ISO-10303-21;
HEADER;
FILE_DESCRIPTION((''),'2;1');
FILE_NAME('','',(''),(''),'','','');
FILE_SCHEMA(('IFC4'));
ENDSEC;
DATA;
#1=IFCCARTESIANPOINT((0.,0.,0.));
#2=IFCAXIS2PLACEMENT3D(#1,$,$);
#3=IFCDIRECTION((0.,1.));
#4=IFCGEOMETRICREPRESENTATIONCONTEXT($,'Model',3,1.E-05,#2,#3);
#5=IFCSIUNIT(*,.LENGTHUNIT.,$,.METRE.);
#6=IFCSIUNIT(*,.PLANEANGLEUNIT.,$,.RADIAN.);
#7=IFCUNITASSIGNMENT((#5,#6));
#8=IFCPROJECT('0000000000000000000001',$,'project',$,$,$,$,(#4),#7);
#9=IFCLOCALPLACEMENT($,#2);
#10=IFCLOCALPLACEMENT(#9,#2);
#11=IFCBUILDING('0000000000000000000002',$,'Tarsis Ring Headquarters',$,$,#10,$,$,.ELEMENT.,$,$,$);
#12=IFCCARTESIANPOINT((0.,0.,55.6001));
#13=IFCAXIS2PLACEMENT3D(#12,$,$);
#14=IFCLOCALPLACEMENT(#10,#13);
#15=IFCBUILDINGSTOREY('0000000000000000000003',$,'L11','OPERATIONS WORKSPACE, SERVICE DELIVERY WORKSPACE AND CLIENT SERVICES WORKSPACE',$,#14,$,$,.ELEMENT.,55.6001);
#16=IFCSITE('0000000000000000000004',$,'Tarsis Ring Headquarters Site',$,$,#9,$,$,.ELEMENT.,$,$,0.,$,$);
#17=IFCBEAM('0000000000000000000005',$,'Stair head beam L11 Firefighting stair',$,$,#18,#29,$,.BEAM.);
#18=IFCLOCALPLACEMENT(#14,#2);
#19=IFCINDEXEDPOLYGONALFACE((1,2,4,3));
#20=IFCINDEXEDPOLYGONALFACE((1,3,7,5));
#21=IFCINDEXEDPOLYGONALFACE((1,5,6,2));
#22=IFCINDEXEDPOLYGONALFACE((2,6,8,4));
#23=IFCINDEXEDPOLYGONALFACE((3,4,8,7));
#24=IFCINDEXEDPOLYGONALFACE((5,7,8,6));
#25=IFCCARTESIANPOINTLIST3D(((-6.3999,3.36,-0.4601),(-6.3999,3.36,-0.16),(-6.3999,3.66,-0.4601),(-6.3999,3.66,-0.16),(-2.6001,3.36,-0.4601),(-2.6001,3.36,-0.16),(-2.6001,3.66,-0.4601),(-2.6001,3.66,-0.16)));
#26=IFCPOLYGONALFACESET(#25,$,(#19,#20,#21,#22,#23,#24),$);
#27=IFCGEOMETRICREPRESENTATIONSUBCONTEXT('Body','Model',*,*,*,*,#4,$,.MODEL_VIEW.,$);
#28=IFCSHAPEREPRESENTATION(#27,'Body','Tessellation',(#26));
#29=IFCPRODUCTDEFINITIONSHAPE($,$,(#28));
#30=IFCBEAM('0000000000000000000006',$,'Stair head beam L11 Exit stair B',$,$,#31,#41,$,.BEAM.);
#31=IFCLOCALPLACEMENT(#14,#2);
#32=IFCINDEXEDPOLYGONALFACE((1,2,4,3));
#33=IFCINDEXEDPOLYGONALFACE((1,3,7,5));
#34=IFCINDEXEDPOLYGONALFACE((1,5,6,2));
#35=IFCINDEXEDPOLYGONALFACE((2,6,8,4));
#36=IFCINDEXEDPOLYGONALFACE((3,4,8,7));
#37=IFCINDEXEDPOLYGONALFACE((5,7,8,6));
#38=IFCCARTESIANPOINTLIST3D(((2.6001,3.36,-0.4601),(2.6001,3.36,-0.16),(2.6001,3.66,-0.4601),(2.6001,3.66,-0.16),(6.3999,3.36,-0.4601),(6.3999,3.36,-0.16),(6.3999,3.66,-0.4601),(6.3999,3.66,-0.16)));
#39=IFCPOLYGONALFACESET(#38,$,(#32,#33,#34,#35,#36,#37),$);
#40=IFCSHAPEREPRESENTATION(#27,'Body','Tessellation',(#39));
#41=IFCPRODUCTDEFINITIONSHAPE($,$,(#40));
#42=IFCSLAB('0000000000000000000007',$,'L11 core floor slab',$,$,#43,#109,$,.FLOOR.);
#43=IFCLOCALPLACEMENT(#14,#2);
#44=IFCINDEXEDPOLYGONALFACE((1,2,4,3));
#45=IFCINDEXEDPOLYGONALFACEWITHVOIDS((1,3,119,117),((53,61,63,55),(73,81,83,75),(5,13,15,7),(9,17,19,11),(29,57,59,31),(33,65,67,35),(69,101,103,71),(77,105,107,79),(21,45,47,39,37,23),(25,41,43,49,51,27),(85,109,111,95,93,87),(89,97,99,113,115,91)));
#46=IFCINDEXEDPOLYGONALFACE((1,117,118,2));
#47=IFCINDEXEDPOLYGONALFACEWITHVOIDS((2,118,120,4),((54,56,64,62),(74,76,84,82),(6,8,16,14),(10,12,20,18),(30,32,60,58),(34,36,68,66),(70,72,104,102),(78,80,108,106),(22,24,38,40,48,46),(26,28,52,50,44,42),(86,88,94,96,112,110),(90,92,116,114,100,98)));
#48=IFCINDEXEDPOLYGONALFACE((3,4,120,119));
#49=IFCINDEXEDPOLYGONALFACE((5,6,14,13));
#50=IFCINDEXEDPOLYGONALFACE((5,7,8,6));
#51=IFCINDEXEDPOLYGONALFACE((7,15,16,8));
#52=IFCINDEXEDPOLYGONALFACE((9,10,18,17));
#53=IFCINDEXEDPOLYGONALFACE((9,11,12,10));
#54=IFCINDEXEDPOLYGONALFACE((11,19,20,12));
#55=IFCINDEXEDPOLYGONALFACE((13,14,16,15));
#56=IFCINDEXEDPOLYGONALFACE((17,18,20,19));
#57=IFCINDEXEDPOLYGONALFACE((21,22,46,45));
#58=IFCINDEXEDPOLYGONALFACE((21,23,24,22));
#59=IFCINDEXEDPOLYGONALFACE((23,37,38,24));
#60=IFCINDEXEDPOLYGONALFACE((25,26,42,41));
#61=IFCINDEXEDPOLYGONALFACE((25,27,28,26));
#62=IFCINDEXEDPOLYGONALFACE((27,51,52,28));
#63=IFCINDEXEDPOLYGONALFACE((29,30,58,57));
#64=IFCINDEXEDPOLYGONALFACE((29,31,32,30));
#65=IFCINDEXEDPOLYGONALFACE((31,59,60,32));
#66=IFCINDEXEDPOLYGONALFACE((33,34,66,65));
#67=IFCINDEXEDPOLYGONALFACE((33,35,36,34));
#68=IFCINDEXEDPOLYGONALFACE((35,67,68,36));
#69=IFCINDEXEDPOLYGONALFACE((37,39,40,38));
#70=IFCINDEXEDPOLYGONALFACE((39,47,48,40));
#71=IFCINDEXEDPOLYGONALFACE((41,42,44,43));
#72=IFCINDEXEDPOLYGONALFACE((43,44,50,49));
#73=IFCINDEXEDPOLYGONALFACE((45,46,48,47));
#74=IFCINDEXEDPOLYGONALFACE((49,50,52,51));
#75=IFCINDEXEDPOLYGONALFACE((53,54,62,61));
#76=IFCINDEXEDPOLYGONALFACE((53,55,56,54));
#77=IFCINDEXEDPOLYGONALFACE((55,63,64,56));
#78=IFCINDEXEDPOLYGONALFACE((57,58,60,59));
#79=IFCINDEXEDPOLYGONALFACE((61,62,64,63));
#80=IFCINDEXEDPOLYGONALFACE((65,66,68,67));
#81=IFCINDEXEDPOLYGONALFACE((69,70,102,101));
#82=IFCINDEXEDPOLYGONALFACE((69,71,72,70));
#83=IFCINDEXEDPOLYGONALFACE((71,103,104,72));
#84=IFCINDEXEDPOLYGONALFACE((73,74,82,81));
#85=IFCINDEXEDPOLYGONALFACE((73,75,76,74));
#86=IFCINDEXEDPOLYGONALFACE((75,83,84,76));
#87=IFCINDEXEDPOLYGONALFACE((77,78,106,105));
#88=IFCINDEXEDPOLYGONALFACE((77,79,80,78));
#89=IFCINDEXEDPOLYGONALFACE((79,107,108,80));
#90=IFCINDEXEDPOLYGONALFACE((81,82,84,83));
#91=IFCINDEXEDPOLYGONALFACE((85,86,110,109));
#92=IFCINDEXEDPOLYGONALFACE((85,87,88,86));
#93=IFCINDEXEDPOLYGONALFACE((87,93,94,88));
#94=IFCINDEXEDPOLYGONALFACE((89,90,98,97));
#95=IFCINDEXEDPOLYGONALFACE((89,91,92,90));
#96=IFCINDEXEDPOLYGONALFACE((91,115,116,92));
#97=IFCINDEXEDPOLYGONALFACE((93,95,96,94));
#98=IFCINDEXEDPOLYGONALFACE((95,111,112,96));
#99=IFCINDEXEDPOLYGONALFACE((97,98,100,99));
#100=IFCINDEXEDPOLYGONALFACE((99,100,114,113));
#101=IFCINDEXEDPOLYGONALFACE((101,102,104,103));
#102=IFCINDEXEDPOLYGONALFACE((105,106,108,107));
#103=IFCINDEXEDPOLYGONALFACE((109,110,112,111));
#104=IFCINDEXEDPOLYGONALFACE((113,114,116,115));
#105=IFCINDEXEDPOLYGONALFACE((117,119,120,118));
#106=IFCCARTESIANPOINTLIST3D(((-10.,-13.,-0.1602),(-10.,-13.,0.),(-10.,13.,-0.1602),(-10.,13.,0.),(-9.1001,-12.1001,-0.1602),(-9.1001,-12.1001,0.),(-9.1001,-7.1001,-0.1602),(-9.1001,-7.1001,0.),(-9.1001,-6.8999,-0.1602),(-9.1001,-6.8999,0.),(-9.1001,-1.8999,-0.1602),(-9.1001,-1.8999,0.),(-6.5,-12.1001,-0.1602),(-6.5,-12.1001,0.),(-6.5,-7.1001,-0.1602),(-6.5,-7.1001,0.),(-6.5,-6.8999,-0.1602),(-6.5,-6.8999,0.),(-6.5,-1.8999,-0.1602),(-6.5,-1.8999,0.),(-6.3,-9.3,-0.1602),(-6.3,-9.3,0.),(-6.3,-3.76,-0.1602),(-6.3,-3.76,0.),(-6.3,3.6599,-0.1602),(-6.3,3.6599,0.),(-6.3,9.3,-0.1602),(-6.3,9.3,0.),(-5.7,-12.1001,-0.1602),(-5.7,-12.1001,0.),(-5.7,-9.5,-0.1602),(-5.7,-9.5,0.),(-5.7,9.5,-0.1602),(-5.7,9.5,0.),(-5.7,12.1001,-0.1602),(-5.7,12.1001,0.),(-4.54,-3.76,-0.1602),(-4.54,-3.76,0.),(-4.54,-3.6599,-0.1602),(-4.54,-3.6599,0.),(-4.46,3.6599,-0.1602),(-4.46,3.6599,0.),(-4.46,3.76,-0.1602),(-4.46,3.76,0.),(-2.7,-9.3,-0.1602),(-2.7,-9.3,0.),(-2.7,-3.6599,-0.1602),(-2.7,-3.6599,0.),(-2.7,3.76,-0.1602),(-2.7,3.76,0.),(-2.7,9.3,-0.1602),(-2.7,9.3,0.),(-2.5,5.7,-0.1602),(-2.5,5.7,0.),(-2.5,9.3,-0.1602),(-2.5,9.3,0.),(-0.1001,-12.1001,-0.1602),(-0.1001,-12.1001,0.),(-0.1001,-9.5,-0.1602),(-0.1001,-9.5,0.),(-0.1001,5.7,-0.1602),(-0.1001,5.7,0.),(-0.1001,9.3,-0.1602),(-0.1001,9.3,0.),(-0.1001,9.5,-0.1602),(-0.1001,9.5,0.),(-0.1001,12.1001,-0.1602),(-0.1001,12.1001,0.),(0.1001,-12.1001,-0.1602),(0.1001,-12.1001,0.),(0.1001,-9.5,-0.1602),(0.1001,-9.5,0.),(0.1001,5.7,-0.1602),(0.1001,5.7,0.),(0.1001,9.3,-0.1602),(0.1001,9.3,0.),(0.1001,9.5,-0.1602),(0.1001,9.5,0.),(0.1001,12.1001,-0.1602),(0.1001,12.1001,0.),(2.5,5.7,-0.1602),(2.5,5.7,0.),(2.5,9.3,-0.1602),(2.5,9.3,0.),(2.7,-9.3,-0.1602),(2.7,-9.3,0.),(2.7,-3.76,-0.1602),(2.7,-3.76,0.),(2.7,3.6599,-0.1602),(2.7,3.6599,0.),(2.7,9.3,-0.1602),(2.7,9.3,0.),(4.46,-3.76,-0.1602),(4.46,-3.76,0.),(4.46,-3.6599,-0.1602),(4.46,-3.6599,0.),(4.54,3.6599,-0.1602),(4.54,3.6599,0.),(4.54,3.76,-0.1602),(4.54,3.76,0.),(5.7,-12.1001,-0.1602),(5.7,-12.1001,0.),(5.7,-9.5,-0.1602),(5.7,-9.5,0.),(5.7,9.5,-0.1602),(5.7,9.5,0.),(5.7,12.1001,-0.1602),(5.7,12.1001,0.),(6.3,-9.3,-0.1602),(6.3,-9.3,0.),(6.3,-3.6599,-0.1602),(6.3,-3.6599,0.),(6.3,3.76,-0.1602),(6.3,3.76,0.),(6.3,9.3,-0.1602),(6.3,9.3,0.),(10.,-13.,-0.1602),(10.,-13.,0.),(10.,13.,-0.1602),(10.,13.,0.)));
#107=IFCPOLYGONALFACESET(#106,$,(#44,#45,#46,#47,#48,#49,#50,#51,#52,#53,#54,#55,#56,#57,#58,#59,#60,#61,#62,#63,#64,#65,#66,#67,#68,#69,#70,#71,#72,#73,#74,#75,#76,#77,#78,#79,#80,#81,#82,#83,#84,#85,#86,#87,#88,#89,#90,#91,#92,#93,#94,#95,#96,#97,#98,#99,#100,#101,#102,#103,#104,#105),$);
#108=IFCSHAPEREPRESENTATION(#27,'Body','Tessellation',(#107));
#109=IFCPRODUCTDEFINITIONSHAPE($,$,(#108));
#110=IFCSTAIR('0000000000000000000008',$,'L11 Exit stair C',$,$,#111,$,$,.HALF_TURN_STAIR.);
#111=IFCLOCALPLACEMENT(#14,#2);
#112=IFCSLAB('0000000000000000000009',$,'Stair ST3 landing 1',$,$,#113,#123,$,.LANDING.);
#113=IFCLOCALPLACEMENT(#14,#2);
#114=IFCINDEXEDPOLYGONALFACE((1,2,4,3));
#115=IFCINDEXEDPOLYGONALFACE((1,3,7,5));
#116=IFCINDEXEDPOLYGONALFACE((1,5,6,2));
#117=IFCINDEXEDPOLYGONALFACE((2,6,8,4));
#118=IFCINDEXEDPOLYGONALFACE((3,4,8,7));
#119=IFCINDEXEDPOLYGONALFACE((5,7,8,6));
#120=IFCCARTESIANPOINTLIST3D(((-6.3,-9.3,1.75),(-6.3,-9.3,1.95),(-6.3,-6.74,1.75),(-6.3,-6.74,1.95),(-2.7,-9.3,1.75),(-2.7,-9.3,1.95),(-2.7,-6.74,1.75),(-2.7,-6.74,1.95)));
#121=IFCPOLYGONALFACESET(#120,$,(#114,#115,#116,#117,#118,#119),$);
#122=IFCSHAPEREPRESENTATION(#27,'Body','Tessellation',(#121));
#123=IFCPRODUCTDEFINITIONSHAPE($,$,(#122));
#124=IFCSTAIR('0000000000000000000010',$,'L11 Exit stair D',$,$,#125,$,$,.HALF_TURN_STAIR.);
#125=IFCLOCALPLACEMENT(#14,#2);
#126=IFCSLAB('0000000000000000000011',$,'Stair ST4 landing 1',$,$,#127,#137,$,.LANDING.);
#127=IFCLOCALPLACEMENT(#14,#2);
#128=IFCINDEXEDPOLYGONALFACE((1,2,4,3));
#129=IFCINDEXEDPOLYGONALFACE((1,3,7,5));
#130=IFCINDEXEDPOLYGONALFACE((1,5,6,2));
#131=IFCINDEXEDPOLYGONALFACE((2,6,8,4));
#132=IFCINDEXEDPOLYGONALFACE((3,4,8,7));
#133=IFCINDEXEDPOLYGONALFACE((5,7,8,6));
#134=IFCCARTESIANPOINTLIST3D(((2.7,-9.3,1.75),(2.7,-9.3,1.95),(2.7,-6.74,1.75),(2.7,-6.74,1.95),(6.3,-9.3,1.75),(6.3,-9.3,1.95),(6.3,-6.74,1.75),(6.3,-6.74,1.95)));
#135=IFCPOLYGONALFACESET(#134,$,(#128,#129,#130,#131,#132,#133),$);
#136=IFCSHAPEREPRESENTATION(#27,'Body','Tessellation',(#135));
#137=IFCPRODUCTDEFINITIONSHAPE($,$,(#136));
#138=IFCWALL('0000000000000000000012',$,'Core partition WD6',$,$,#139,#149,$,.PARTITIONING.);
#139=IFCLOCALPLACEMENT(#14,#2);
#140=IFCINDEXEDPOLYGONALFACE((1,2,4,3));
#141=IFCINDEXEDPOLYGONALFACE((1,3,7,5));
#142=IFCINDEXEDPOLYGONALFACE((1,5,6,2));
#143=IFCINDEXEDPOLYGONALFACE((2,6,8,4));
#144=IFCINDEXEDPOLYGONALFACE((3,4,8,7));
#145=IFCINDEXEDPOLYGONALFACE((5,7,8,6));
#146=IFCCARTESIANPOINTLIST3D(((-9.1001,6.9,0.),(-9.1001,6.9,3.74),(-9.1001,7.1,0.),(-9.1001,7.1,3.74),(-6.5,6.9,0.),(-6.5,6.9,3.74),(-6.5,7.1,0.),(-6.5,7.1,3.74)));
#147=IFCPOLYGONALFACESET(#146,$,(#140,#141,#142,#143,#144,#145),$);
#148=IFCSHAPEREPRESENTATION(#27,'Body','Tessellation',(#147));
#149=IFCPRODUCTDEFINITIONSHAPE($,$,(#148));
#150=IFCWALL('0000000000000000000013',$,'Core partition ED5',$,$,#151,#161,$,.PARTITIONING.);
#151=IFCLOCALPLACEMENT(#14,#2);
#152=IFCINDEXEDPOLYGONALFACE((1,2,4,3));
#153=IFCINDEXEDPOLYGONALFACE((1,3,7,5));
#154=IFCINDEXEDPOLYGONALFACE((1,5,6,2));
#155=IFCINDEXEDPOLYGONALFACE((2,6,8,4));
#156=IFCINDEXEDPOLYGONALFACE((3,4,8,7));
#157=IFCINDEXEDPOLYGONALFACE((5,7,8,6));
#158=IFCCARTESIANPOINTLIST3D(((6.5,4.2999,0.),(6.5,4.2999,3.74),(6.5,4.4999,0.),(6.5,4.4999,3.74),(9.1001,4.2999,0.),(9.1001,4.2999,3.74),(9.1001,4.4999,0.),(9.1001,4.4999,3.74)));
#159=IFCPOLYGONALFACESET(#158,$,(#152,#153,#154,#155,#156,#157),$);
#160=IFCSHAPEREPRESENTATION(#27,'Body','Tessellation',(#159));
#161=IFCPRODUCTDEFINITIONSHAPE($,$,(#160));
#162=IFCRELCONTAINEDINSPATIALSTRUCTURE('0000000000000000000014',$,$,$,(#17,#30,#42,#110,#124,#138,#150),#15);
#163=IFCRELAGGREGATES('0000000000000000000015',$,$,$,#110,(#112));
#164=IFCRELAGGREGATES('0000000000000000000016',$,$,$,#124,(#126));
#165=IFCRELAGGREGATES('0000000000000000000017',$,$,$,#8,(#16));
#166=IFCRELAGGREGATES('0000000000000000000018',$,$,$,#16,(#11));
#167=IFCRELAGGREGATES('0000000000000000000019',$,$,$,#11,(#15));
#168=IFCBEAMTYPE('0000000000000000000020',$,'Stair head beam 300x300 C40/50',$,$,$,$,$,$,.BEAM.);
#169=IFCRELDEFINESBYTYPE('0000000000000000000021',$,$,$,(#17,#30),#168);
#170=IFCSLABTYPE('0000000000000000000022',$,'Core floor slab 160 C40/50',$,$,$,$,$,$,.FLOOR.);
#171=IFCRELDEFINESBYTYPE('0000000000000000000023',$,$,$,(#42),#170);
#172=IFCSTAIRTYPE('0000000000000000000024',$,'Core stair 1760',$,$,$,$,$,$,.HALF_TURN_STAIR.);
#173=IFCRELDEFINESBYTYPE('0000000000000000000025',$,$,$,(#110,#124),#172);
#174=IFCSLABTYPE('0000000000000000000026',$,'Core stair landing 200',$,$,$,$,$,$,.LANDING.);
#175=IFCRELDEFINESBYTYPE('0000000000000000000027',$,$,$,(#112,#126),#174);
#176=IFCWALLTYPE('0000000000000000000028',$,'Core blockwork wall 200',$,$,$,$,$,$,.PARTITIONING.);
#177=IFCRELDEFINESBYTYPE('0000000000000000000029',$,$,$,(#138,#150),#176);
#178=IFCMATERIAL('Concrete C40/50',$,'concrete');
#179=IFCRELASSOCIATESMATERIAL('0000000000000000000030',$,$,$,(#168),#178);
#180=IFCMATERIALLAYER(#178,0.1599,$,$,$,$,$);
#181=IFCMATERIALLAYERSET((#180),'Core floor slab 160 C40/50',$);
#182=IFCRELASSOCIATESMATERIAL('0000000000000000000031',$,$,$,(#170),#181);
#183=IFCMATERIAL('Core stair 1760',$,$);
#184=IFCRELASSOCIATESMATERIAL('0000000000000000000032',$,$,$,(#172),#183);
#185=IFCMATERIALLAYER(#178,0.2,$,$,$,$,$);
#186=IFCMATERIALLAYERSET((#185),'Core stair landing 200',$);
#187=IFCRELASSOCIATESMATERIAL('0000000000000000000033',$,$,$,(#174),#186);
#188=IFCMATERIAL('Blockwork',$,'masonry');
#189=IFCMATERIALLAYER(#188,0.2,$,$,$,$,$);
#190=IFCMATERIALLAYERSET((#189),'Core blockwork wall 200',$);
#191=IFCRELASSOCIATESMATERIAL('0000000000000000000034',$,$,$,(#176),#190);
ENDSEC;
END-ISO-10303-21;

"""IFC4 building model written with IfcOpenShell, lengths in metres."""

from ifc_helpers import new_model, si_unit, direction, frame, frame_2d, origin, origin_2d, place, context, subcontext, project, spatial, polyline, rectangle, outline, extrude, material, layer, layer_set, material_profile, profile_set, type_object, element, aggregate, save


model = new_model("IFC4")

# Units and contexts
model_context = context("Model", 3, precision=1e-05, world=origin(), true_north=direction((0.0, 1.0)))
body_context = subcontext(model_context, "Body", "Model", "MODEL_VIEW")
ifc_project = project(units=[si_unit("LENGTHUNIT", "METRE"), si_unit("PLANEANGLEUNIT", "RADIAN")], contexts=[model_context])

# Site, building, storey
site_placement = place(None, origin())
site = spatial("IfcSite", under=ifc_project, at=site_placement, Name="Tarsis Ring Headquarters Site", CompositionType="ELEMENT", RefElevation=0.0)
building_placement = place(site_placement, origin())
building = spatial("IfcBuilding", under=site, at=building_placement, Name="Tarsis Ring Headquarters", CompositionType="ELEMENT")
storey_placement = place(building_placement, frame((0.0, 0.0, 55.6001)))
storey = spatial("IfcBuildingStorey", under=building, at=storey_placement, Name="L11", Description="OPERATIONS WORKSPACE, SERVICE DELIVERY WORKSPACE AND CLIENT SERVICES WORKSPACE", CompositionType="ELEMENT", Elevation=55.6001)

# Beams
ifc_material_1 = material(Name="Concrete C40/50", Category="concrete")
ifc_material_profile = material_profile(ifc_material_1, rectangle(XDim=0.3, YDim=0.3, at=origin_2d()), Name="Stair head beam 300x300 C40/50")
ifc_profile_set = profile_set([ifc_material_profile], Name="Concrete C40/50")
beam_type = type_object("IfcBeamType", Name="Stair head beam 300x300 C40/50", PredefinedType="BEAM", material=ifc_profile_set)
for number, where, z_axis, x_axis, name in (
    (1, (-6.3999, 3.51, -0.3101), (1.0, 0.0, 0.0), (0.0, 1.0, 0.0), "Stair head beam L11 Firefighting stair"),
    (2, (2.6001, 3.51, -0.3101), (1.0, 0.0, 0.0), (0.0, 1.0, 0.0), "Stair head beam L11 Exit stair B"),
):
    element("IfcBeam", number, at=place(storey_placement, frame(where, z_axis=z_axis, x_axis=x_axis)), inside=storey, type_object=beam_type, Name=name, PredefinedType="BEAM", context=body_context, shape_type="SweptSolid", body=[
        extrude(rectangle(XDim=0.3, YDim=0.3, at=origin_2d()), origin(), (0.0, 0.0, 1.0), 3.7998),
    ])

# Slab
ifc_layer_1 = layer(ifc_material_1, 0.1599)
ifc_layer_set_1 = layer_set([ifc_layer_1], Name="Core floor slab 160 C40/50")
slab_type_1 = type_object("IfcSlabType", Name="Core floor slab 160 C40/50", PredefinedType="FLOOR", material=ifc_layer_set_1)
slab_1_placement = place(storey_placement, frame((0.0, 0.0, -0.1602)))
element("IfcSlab", 3, at=slab_1_placement, inside=storey, type_object=slab_type_1, Name="L11 core floor slab", PredefinedType="FLOOR", context=body_context, shape_type="SweptSolid", body=[
    extrude(outline(polyline([(-10.0, -13.0), (10.0, -13.0), (10.0, 13.0), (-10.0, 13.0), (-10.0, -13.0)]), holes=[polyline([(-2.5, 5.7), (-0.1001, 5.7), (-0.1001, 9.3), (-2.5, 9.3), (-2.5, 5.7)]), polyline([(0.1001, 5.7), (2.5, 5.7), (2.5, 9.3), (0.1001, 9.3), (0.1001, 5.7)]), polyline([(-9.1001, -12.1001), (-6.5, -12.1001), (-6.5, -7.1001), (-9.1001, -7.1001), (-9.1001, -12.1001)]), polyline([(-9.1001, -6.8999), (-6.5, -6.8999), (-6.5, -1.8999), (-9.1001, -1.8999), (-9.1001, -6.8999)]), polyline([(-5.7, 9.5), (-0.1001, 9.5), (-0.1001, 12.1001), (-5.7, 12.1001), (-5.7, 9.5)]), polyline([(0.1001, 9.5), (5.7, 9.5), (5.7, 12.1001), (0.1001, 12.1001), (0.1001, 9.5)]), polyline([(-5.7, -12.1001), (-0.1001, -12.1001), (-0.1001, -9.5), (-5.7, -9.5), (-5.7, -12.1001)]), polyline([(0.1001, -12.1001), (5.7, -12.1001), (5.7, -9.5), (0.1001, -9.5), (0.1001, -12.1001)]), polyline([(-2.7, 3.76), (-2.7, 9.3), (-6.3, 9.3), (-6.3, 3.6599), (-4.46, 3.6599), (-4.46, 3.76), (-2.7, 3.76)]), polyline([(6.3, 3.76), (6.3, 9.3), (2.7, 9.3), (2.7, 3.6599), (4.54, 3.6599), (4.54, 3.76), (6.3, 3.76)]), polyline([(-6.3, -3.76), (-6.3, -9.3), (-2.7, -9.3), (-2.7, -3.6599), (-4.54, -3.6599), (-4.54, -3.76), (-6.3, -3.76)]), polyline([(2.7, -3.76), (2.7, -9.3), (6.3, -9.3), (6.3, -3.6599), (4.46, -3.6599), (4.46, -3.76), (2.7, -3.76)])]), origin(), (0.0, 0.0, 1.0), 0.1602),
])

# Stairs, slabs
ifc_material_2 = material(Name="Core stair 1760")
stair_type = type_object("IfcStairType", Name="Core stair 1760", PredefinedType="HALF_TURN_STAIR", material=ifc_material_2)
stair_1_placement = place(storey_placement, origin())
stair_1 = element("IfcStair", 4, at=stair_1_placement, inside=storey, type_object=stair_type, Name="L11 Exit stair C", PredefinedType="HALF_TURN_STAIR")
ifc_layer_2 = layer(ifc_material_1, 0.2)
ifc_layer_set_2 = layer_set([ifc_layer_2], Name="Core stair landing 200")
slab_type_2 = type_object("IfcSlabType", Name="Core stair landing 200", PredefinedType="LANDING", material=ifc_layer_set_2)
slab_2_placement = place(storey_placement, frame((0.0, 0.0, 1.75)))
slab_2 = element("IfcSlab", 5, at=slab_2_placement, type_object=slab_type_2, Name="Stair ST3 landing 1", PredefinedType="LANDING", context=body_context, shape_type="SweptSolid", body=[
    extrude(outline(polyline([(-6.3, -6.74), (-6.3, -9.3), (-2.7, -9.3), (-2.7, -6.74), (-6.3, -6.74)])), origin(), (0.0, 0.0, 1.0), 0.2),
])
aggregate(stair_1, [slab_2])
stair_2_placement = place(storey_placement, origin())
stair_2 = element("IfcStair", 6, at=stair_2_placement, inside=storey, type_object=stair_type, Name="L11 Exit stair D", PredefinedType="HALF_TURN_STAIR")
slab_3_placement = place(storey_placement, frame((0.0, 0.0, 1.75)))
slab_3 = element("IfcSlab", 7, at=slab_3_placement, type_object=slab_type_2, Name="Stair ST4 landing 1", PredefinedType="LANDING", context=body_context, shape_type="SweptSolid", body=[
    extrude(outline(polyline([(2.7, -6.74), (2.7, -9.3), (6.3, -9.3), (6.3, -6.74), (2.7, -6.74)])), origin(), (0.0, 0.0, 1.0), 0.2),
])
aggregate(stair_2, [slab_3])

# Walls
ifc_material_3 = material(Name="Blockwork", Category="masonry")
ifc_layer_3 = layer(ifc_material_3, 0.2)
ifc_layer_set_3 = layer_set([ifc_layer_3], Name="Core blockwork wall 200")
wall_type_1 = type_object("IfcWallType", Name="Core blockwork wall 200", PredefinedType="PARTITIONING", material=ifc_layer_set_3)
for number, where, z_axis, x_axis, name in (
    (8, (-9.1001, 7.0, 0.0), (0.0, 0.0, 1.0), (1.0, 0.0, 0.0), "Core partition WD6"),
    (9, (6.5, 4.3999, 0.0), (0.0, 0.0, 1.0), (1.0, 0.0, 0.0), "Core partition ED5"),
):
    element("IfcWall", number, at=place(storey_placement, frame(where, z_axis=z_axis, x_axis=x_axis)), inside=storey, type_object=wall_type_1, Name=name, PredefinedType="PARTITIONING", context=body_context, shape_type="SweptSolid", body=[
        extrude(rectangle(XDim=2.6001, YDim=0.2, at=frame_2d((1.3, 0.0))), origin(), (0.0, 0.0, 1.0), 3.74),
    ])

save(model, "model.ifc")
